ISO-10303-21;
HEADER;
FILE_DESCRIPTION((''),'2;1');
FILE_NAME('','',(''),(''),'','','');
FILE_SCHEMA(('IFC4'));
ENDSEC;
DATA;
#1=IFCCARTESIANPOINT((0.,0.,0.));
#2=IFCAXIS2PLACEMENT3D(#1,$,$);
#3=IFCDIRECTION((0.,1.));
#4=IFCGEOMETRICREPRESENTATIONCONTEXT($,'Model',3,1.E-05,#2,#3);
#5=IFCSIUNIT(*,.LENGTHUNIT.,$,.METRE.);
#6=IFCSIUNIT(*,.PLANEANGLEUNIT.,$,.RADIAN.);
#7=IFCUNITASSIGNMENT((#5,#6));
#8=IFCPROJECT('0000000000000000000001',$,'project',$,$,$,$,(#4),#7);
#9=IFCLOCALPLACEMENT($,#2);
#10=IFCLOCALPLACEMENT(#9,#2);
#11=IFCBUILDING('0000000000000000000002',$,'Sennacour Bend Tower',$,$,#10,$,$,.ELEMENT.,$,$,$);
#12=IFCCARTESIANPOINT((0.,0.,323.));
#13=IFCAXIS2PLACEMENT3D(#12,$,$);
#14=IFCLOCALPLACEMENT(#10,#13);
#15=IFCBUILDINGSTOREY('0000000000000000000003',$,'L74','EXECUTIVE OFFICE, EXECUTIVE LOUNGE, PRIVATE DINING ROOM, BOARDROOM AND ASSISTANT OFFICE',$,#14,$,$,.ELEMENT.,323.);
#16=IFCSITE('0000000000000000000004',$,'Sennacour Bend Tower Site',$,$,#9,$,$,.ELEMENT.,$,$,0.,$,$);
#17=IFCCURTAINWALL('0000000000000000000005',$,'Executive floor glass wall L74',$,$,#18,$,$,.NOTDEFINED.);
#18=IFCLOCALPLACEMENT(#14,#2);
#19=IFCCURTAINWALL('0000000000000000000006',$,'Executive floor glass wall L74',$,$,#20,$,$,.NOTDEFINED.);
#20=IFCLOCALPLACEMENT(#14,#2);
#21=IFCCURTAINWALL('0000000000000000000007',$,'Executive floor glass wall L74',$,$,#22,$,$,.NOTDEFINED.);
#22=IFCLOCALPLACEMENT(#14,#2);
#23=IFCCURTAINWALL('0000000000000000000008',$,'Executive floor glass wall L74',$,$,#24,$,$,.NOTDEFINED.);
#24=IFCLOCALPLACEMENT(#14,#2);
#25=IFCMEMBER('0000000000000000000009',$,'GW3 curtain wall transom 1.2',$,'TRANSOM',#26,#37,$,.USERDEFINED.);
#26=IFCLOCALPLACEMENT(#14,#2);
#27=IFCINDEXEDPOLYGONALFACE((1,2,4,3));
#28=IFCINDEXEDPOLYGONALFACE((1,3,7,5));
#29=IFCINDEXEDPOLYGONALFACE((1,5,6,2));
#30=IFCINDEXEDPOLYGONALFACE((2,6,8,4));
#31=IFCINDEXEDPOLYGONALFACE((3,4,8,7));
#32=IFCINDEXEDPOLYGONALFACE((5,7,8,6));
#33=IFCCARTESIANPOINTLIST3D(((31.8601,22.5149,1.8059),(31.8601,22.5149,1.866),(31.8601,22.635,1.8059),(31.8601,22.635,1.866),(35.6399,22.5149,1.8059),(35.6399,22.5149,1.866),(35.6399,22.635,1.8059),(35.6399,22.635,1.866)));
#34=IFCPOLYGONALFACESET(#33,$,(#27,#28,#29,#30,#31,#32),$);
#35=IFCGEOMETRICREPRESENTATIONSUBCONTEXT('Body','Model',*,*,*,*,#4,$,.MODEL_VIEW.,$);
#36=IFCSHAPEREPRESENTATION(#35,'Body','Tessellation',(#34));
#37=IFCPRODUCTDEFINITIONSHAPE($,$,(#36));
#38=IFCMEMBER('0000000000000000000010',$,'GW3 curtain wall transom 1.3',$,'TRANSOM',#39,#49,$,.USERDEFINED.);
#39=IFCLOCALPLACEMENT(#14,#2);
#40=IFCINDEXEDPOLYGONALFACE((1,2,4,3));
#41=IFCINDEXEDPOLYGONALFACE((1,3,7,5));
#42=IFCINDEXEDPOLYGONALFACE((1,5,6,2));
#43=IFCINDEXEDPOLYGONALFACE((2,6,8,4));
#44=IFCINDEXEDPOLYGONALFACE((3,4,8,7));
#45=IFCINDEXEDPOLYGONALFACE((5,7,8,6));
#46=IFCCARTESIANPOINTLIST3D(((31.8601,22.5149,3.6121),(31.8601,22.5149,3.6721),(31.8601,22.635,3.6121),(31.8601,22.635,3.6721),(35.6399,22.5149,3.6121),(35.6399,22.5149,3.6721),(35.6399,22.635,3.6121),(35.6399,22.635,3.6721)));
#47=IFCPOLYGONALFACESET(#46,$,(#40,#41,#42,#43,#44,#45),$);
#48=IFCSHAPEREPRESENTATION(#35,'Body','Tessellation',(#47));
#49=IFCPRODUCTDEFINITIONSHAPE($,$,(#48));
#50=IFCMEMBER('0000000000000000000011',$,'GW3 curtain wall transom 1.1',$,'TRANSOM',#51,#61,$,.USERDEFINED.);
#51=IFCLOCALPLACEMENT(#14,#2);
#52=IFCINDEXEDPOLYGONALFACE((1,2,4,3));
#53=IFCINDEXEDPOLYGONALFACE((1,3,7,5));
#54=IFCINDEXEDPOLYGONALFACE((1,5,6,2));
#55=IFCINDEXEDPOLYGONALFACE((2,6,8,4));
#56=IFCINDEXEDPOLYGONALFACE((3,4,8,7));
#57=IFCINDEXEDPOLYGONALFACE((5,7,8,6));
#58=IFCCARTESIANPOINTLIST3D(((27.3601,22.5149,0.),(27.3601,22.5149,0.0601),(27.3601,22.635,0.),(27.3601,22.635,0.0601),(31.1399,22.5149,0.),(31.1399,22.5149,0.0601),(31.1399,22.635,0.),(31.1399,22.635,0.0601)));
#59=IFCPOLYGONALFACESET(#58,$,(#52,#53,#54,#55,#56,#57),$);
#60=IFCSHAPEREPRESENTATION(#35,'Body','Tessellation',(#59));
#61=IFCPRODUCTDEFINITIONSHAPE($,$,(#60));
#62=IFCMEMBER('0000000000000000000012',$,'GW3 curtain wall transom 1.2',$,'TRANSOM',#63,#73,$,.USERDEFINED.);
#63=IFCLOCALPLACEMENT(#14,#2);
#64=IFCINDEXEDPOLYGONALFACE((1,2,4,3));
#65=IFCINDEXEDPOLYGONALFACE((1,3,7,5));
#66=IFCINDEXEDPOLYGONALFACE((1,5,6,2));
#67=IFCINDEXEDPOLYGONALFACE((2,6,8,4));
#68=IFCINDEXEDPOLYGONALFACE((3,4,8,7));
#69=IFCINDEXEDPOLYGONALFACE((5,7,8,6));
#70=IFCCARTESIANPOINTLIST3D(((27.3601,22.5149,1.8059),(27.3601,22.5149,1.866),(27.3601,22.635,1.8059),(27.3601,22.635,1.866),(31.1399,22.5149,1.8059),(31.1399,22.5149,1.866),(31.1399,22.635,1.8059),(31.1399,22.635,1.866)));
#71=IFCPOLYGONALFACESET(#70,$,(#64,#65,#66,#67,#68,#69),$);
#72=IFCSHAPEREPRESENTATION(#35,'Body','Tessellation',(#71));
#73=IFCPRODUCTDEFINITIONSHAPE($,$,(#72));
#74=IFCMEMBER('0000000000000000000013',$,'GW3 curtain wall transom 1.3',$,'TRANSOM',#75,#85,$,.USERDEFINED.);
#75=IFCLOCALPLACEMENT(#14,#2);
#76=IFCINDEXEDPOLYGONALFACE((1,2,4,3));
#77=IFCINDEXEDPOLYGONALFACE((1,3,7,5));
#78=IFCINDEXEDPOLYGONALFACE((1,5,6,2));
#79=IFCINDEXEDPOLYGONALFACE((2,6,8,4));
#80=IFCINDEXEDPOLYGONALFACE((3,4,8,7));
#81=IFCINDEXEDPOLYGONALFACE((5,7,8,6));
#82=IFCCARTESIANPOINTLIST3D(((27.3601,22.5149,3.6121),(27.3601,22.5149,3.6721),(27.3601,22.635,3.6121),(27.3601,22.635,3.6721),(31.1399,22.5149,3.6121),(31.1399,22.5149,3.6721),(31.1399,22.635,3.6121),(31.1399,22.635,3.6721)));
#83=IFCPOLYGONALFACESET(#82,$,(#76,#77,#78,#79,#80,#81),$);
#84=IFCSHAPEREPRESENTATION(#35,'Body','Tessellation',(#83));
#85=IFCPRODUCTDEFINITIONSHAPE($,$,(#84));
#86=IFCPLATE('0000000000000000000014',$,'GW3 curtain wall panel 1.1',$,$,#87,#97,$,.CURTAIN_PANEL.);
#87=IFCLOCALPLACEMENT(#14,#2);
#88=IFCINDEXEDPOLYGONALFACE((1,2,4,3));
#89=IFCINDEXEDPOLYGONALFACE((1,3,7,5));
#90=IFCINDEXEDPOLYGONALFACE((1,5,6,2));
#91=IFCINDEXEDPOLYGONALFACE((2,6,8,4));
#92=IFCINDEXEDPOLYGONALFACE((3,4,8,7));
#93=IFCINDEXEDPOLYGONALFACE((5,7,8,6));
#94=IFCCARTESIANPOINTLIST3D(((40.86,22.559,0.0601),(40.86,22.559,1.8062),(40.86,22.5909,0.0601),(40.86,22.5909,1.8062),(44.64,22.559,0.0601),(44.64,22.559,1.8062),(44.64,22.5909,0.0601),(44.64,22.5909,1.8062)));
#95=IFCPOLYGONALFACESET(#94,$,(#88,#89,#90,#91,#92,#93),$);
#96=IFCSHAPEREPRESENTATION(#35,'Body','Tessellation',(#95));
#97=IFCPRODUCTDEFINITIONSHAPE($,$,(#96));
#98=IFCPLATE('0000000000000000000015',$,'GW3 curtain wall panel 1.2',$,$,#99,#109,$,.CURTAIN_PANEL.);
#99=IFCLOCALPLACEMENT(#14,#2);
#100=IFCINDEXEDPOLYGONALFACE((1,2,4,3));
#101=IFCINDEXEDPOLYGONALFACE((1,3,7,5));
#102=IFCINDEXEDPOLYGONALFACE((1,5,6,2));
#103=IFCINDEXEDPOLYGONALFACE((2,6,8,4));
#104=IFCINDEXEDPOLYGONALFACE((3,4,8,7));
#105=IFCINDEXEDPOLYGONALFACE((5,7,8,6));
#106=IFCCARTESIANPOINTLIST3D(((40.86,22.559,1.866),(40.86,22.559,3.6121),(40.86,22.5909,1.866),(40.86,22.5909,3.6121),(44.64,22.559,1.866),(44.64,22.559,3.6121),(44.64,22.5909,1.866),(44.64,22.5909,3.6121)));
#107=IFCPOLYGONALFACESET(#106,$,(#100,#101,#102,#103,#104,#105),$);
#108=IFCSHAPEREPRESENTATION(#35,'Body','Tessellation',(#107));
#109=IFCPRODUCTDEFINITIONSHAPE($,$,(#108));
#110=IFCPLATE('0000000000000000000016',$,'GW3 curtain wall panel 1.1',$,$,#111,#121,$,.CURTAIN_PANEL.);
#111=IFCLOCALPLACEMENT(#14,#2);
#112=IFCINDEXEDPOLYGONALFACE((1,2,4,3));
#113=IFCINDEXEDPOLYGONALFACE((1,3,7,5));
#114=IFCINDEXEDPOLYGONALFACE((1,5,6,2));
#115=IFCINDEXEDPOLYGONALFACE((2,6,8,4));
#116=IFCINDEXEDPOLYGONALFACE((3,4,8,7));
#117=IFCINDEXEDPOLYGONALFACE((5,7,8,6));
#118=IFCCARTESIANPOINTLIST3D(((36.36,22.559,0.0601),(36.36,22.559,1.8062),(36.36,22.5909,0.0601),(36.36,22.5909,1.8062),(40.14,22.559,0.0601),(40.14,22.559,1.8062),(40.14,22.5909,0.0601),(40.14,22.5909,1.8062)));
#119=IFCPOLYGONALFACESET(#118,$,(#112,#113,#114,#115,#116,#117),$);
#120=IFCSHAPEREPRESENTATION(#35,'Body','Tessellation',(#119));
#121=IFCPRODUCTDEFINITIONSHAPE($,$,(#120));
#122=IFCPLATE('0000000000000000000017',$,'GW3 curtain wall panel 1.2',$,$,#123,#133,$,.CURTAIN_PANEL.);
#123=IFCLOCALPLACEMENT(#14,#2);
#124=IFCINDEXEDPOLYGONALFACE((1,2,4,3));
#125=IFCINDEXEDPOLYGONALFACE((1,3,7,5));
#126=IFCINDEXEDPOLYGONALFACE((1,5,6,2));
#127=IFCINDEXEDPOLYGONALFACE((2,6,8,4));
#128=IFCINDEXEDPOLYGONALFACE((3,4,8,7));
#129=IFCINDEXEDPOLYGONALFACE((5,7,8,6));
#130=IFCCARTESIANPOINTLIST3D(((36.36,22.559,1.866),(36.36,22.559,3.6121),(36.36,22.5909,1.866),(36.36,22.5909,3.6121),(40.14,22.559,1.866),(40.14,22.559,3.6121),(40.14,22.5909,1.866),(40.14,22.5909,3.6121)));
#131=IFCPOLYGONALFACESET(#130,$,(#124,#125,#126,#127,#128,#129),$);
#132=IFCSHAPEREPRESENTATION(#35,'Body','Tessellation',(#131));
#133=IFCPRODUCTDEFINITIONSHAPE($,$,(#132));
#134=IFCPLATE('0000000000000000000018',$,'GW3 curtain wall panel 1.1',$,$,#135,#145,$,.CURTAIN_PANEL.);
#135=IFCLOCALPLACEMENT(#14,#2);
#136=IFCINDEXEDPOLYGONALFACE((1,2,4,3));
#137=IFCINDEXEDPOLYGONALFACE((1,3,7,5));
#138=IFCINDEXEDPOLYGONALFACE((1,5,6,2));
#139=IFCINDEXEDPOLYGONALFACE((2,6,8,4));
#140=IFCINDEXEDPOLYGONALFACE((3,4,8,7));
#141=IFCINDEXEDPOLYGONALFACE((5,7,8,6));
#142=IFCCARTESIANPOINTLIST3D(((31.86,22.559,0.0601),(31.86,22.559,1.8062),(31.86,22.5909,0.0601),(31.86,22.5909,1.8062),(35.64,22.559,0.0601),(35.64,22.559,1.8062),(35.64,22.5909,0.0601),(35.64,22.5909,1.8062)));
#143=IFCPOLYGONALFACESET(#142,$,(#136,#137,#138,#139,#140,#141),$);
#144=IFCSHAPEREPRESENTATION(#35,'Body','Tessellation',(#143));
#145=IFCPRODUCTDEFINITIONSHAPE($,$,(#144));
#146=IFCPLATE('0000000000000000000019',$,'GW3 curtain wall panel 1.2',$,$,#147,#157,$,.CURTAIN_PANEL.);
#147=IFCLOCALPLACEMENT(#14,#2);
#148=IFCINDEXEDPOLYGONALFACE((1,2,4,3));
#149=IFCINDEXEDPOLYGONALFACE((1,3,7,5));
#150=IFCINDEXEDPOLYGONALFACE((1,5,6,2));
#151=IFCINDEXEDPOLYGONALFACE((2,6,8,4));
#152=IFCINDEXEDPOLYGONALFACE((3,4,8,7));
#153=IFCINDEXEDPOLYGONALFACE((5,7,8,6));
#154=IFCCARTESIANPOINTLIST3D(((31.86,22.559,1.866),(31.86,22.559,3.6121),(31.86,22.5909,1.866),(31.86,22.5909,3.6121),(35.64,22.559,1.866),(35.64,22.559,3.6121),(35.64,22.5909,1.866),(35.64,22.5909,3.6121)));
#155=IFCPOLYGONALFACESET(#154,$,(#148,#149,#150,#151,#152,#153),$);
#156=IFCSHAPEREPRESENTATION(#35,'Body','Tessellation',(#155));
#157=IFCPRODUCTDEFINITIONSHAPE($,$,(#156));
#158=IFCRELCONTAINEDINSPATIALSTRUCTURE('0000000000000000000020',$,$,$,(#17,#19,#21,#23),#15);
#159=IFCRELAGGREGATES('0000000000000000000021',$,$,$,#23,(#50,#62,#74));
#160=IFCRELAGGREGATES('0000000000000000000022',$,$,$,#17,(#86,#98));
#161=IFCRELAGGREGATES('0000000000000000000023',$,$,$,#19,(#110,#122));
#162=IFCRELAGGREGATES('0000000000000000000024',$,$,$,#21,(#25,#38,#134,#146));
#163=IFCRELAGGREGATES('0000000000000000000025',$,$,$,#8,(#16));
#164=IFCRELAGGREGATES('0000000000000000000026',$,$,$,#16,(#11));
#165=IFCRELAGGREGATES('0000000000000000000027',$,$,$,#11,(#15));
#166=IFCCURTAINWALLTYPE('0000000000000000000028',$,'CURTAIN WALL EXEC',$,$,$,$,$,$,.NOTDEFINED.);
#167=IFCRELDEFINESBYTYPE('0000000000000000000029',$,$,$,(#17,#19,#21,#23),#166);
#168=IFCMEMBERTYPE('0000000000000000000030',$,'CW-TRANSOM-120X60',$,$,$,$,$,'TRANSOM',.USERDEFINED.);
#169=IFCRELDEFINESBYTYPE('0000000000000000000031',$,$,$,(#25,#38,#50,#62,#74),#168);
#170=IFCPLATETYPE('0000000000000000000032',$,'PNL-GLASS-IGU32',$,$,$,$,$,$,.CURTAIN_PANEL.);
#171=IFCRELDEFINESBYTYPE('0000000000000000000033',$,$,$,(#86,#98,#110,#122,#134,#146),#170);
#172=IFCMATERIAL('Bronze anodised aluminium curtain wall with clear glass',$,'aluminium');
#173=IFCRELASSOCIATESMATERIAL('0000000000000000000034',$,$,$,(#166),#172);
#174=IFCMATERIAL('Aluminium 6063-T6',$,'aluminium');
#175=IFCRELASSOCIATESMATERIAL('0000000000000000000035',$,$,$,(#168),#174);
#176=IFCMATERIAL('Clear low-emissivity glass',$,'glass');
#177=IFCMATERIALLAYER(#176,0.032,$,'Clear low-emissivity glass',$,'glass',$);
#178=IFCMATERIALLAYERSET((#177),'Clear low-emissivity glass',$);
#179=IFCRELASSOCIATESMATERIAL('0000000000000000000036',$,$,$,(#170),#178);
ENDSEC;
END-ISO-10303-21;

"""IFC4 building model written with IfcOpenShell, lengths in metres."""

from ifc_helpers import new_model, si_unit, direction, frame, origin, origin_2d, place, context, subcontext, project, spatial, rectangle, extrude, material, layer, layer_set, material_profile, profile_set, type_object, element, aggregate, save


model = new_model("IFC4")

# Units and contexts
model_context = context("Model", 3, precision=1e-05, world=origin(), true_north=direction((0.0, 1.0)))
body_context = subcontext(model_context, "Body", "Model", "MODEL_VIEW")
ifc_project = project(units=[si_unit("LENGTHUNIT", "METRE"), si_unit("PLANEANGLEUNIT", "RADIAN")], contexts=[model_context])

# Site, building, storey
site_placement = place(None, origin())
site = spatial("IfcSite", under=ifc_project, at=site_placement, Name="Sennacour Bend Tower Site", CompositionType="ELEMENT", RefElevation=0.0)
building_placement = place(site_placement, origin())
building = spatial("IfcBuilding", under=site, at=building_placement, Name="Sennacour Bend Tower", CompositionType="ELEMENT")
storey_placement = place(building_placement, frame((0.0, 0.0, 323.0)))
storey = spatial("IfcBuildingStorey", under=building, at=storey_placement, Name="L74", Description="EXECUTIVE OFFICE, EXECUTIVE LOUNGE, PRIVATE DINING ROOM, BOARDROOM AND ASSISTANT OFFICE", CompositionType="ELEMENT", Elevation=323.0)

# Shared definitions
ifc_material_1 = material(Name="Bronze anodised aluminium curtain wall with clear glass", Category="aluminium")
curtain_wall_type = type_object("IfcCurtainWallType", Name="CURTAIN WALL EXEC", PredefinedType="NOTDEFINED", material=ifc_material_1)
ifc_material_2 = material(Name="Aluminium 6063-T6", Category="aluminium")

# Curtain walls
curtain_wall_1_placement = place(storey_placement, origin())
curtain_wall_1 = element("IfcCurtainWall", 1, at=curtain_wall_1_placement, inside=storey, type_object=curtain_wall_type, Name="Executive floor glass wall L74", PredefinedType="NOTDEFINED")
curtain_wall_2_placement = place(storey_placement, origin())
curtain_wall_2 = element("IfcCurtainWall", 2, at=curtain_wall_2_placement, inside=storey, type_object=curtain_wall_type, Name="Executive floor glass wall L74", PredefinedType="NOTDEFINED")
curtain_wall_3_placement = place(storey_placement, origin())
curtain_wall_3 = element("IfcCurtainWall", 3, at=curtain_wall_3_placement, inside=storey, type_object=curtain_wall_type, Name="Executive floor glass wall L74", PredefinedType="NOTDEFINED")

# Curtain wall
curtain_wall_4_placement = place(storey_placement, origin())
curtain_wall_4 = element("IfcCurtainWall", 4, at=curtain_wall_4_placement, inside=storey, type_object=curtain_wall_type, Name="Executive floor glass wall L74", PredefinedType="NOTDEFINED")

# Members
ifc_material_profile_1 = material_profile(ifc_material_2, rectangle(XDim=0.1201, YDim=0.0601, at=origin_2d()), Name="Aluminium 6063-T6", Category="aluminium")
ifc_profile_set_1 = profile_set([ifc_material_profile_1], Name="Aluminium 6063-T6")
member_type_1 = type_object("IfcMemberType", Name="CW-TRANSOM-120X60", ElementType="TRANSOM", PredefinedType="USERDEFINED", material=ifc_profile_set_1)
member_1_placement = place(storey_placement, frame((35.6399, 22.575, 1.8359), z_axis=(-1.0, 0.0, 0.0), x_axis=(0.0, -1.0, 0.0)))
member_1 = element("IfcMember", 5, at=member_1_placement, type_object=member_type_1, Name="GW3 curtain wall transom 1.2", ObjectType="TRANSOM", PredefinedType="USERDEFINED", context=body_context, shape_type="SweptSolid", body=[
    extrude(rectangle(XDim=0.1201, YDim=0.0601, at=origin_2d()), origin(), (0.0, 0.0, 1.0), 3.7798),
])
member_2_placement = place(storey_placement, frame((35.6399, 22.575, 3.6421), z_axis=(-1.0, 0.0, 0.0), x_axis=(0.0, -1.0, 0.0)))
member_2 = element("IfcMember", 6, at=member_2_placement, type_object=member_type_1, Name="GW3 curtain wall transom 1.3", ObjectType="TRANSOM", PredefinedType="USERDEFINED", context=body_context, shape_type="SweptSolid", body=[
    extrude(rectangle(XDim=0.1201, YDim=0.0601, at=origin_2d()), origin(), (0.0, 0.0, 1.0), 3.7798),
])
member_3_placement = place(storey_placement, frame((31.1399, 22.575, 0.03), z_axis=(-1.0, 0.0, 0.0), x_axis=(0.0, -1.0, 0.0)))
member_3 = element("IfcMember", 7, at=member_3_placement, type_object=member_type_1, Name="GW3 curtain wall transom 1.1", ObjectType="TRANSOM", PredefinedType="USERDEFINED", context=body_context, shape_type="SweptSolid", body=[
    extrude(rectangle(XDim=0.1201, YDim=0.0601, at=origin_2d()), origin(), (0.0, 0.0, 1.0), 3.7798),
])
member_4_placement = place(storey_placement, frame((31.1399, 22.575, 1.8359), z_axis=(-1.0, 0.0, 0.0), x_axis=(0.0, -1.0, 0.0)))
member_4 = element("IfcMember", 8, at=member_4_placement, type_object=member_type_1, Name="GW3 curtain wall transom 1.2", ObjectType="TRANSOM", PredefinedType="USERDEFINED", context=body_context, shape_type="SweptSolid", body=[
    extrude(rectangle(XDim=0.1201, YDim=0.0601, at=origin_2d()), origin(), (0.0, 0.0, 1.0), 3.7798),
])
member_5_placement = place(storey_placement, frame((31.1399, 22.575, 3.6421), z_axis=(-1.0, 0.0, 0.0), x_axis=(0.0, -1.0, 0.0)))
member_5 = element("IfcMember", 9, at=member_5_placement, type_object=member_type_1, Name="GW3 curtain wall transom 1.3", ObjectType="TRANSOM", PredefinedType="USERDEFINED", context=body_context, shape_type="SweptSolid", body=[
    extrude(rectangle(XDim=0.1201, YDim=0.0601, at=origin_2d()), origin(), (0.0, 0.0, 1.0), 3.7798),
])
aggregate(curtain_wall_4, [member_3, member_4, member_5])

# Plates
ifc_material_3 = material(Name="Clear low-emissivity glass", Category="glass")
ifc_layer = layer(ifc_material_3, 0.032, Name="Clear low-emissivity glass", Category="glass")
ifc_layer_set = layer_set([ifc_layer], Name="Clear low-emissivity glass")
plate_type = type_object("IfcPlateType", Name="PNL-GLASS-IGU32", PredefinedType="CURTAIN_PANEL", material=ifc_layer_set)
plate_1_placement = place(storey_placement, frame((42.75, 22.575, 0.0601), z_axis=(0.0, 0.0, 1.0), x_axis=(-1.0, 0.0, 0.0)))
plate_1 = element("IfcPlate", 10, at=plate_1_placement, type_object=plate_type, Name="GW3 curtain wall panel 1.1", PredefinedType="CURTAIN_PANEL", context=body_context, shape_type="SweptSolid", body=[
    extrude(rectangle(XDim=3.78, YDim=0.032, at=origin_2d()), origin(), (0.0, 0.0, 1.0), 1.7461),
])
plate_2_placement = place(storey_placement, frame((42.75, 22.575, 1.866), z_axis=(0.0, 0.0, 1.0), x_axis=(-1.0, 0.0, 0.0)))
plate_2 = element("IfcPlate", 11, at=plate_2_placement, type_object=plate_type, Name="GW3 curtain wall panel 1.2", PredefinedType="CURTAIN_PANEL", context=body_context, shape_type="SweptSolid", body=[
    extrude(rectangle(XDim=3.78, YDim=0.032, at=origin_2d()), origin(), (0.0, 0.0, 1.0), 1.7461),
])
aggregate(curtain_wall_1, [plate_1, plate_2])
plate_3_placement = place(storey_placement, frame((38.25, 22.575, 0.0601), z_axis=(0.0, 0.0, 1.0), x_axis=(-1.0, 0.0, 0.0)))
plate_3 = element("IfcPlate", 12, at=plate_3_placement, type_object=plate_type, Name="GW3 curtain wall panel 1.1", PredefinedType="CURTAIN_PANEL", context=body_context, shape_type="SweptSolid", body=[
    extrude(rectangle(XDim=3.78, YDim=0.032, at=origin_2d()), origin(), (0.0, 0.0, 1.0), 1.7461),
])
plate_4_placement = place(storey_placement, frame((38.25, 22.575, 1.866), z_axis=(0.0, 0.0, 1.0), x_axis=(-1.0, 0.0, 0.0)))
plate_4 = element("IfcPlate", 13, at=plate_4_placement, type_object=plate_type, Name="GW3 curtain wall panel 1.2", PredefinedType="CURTAIN_PANEL", context=body_context, shape_type="SweptSolid", body=[
    extrude(rectangle(XDim=3.78, YDim=0.032, at=origin_2d()), origin(), (0.0, 0.0, 1.0), 1.7461),
])
aggregate(curtain_wall_2, [plate_3, plate_4])
plate_5_placement = place(storey_placement, frame((33.75, 22.575, 0.0601), z_axis=(0.0, 0.0, 1.0), x_axis=(-1.0, 0.0, 0.0)))
plate_5 = element("IfcPlate", 14, at=plate_5_placement, type_object=plate_type, Name="GW3 curtain wall panel 1.1", PredefinedType="CURTAIN_PANEL", context=body_context, shape_type="SweptSolid", body=[
    extrude(rectangle(XDim=3.78, YDim=0.032, at=origin_2d()), origin(), (0.0, 0.0, 1.0), 1.7461),
])
plate_6_placement = place(storey_placement, frame((33.75, 22.575, 1.866), z_axis=(0.0, 0.0, 1.0), x_axis=(-1.0, 0.0, 0.0)))
plate_6 = element("IfcPlate", 15, at=plate_6_placement, type_object=plate_type, Name="GW3 curtain wall panel 1.2", PredefinedType="CURTAIN_PANEL", context=body_context, shape_type="SweptSolid", body=[
    extrude(rectangle(XDim=3.78, YDim=0.032, at=origin_2d()), origin(), (0.0, 0.0, 1.0), 1.7461),
])
aggregate(curtain_wall_3, [member_1, member_2, plate_5, plate_6])

save(model, "model.ifc")
